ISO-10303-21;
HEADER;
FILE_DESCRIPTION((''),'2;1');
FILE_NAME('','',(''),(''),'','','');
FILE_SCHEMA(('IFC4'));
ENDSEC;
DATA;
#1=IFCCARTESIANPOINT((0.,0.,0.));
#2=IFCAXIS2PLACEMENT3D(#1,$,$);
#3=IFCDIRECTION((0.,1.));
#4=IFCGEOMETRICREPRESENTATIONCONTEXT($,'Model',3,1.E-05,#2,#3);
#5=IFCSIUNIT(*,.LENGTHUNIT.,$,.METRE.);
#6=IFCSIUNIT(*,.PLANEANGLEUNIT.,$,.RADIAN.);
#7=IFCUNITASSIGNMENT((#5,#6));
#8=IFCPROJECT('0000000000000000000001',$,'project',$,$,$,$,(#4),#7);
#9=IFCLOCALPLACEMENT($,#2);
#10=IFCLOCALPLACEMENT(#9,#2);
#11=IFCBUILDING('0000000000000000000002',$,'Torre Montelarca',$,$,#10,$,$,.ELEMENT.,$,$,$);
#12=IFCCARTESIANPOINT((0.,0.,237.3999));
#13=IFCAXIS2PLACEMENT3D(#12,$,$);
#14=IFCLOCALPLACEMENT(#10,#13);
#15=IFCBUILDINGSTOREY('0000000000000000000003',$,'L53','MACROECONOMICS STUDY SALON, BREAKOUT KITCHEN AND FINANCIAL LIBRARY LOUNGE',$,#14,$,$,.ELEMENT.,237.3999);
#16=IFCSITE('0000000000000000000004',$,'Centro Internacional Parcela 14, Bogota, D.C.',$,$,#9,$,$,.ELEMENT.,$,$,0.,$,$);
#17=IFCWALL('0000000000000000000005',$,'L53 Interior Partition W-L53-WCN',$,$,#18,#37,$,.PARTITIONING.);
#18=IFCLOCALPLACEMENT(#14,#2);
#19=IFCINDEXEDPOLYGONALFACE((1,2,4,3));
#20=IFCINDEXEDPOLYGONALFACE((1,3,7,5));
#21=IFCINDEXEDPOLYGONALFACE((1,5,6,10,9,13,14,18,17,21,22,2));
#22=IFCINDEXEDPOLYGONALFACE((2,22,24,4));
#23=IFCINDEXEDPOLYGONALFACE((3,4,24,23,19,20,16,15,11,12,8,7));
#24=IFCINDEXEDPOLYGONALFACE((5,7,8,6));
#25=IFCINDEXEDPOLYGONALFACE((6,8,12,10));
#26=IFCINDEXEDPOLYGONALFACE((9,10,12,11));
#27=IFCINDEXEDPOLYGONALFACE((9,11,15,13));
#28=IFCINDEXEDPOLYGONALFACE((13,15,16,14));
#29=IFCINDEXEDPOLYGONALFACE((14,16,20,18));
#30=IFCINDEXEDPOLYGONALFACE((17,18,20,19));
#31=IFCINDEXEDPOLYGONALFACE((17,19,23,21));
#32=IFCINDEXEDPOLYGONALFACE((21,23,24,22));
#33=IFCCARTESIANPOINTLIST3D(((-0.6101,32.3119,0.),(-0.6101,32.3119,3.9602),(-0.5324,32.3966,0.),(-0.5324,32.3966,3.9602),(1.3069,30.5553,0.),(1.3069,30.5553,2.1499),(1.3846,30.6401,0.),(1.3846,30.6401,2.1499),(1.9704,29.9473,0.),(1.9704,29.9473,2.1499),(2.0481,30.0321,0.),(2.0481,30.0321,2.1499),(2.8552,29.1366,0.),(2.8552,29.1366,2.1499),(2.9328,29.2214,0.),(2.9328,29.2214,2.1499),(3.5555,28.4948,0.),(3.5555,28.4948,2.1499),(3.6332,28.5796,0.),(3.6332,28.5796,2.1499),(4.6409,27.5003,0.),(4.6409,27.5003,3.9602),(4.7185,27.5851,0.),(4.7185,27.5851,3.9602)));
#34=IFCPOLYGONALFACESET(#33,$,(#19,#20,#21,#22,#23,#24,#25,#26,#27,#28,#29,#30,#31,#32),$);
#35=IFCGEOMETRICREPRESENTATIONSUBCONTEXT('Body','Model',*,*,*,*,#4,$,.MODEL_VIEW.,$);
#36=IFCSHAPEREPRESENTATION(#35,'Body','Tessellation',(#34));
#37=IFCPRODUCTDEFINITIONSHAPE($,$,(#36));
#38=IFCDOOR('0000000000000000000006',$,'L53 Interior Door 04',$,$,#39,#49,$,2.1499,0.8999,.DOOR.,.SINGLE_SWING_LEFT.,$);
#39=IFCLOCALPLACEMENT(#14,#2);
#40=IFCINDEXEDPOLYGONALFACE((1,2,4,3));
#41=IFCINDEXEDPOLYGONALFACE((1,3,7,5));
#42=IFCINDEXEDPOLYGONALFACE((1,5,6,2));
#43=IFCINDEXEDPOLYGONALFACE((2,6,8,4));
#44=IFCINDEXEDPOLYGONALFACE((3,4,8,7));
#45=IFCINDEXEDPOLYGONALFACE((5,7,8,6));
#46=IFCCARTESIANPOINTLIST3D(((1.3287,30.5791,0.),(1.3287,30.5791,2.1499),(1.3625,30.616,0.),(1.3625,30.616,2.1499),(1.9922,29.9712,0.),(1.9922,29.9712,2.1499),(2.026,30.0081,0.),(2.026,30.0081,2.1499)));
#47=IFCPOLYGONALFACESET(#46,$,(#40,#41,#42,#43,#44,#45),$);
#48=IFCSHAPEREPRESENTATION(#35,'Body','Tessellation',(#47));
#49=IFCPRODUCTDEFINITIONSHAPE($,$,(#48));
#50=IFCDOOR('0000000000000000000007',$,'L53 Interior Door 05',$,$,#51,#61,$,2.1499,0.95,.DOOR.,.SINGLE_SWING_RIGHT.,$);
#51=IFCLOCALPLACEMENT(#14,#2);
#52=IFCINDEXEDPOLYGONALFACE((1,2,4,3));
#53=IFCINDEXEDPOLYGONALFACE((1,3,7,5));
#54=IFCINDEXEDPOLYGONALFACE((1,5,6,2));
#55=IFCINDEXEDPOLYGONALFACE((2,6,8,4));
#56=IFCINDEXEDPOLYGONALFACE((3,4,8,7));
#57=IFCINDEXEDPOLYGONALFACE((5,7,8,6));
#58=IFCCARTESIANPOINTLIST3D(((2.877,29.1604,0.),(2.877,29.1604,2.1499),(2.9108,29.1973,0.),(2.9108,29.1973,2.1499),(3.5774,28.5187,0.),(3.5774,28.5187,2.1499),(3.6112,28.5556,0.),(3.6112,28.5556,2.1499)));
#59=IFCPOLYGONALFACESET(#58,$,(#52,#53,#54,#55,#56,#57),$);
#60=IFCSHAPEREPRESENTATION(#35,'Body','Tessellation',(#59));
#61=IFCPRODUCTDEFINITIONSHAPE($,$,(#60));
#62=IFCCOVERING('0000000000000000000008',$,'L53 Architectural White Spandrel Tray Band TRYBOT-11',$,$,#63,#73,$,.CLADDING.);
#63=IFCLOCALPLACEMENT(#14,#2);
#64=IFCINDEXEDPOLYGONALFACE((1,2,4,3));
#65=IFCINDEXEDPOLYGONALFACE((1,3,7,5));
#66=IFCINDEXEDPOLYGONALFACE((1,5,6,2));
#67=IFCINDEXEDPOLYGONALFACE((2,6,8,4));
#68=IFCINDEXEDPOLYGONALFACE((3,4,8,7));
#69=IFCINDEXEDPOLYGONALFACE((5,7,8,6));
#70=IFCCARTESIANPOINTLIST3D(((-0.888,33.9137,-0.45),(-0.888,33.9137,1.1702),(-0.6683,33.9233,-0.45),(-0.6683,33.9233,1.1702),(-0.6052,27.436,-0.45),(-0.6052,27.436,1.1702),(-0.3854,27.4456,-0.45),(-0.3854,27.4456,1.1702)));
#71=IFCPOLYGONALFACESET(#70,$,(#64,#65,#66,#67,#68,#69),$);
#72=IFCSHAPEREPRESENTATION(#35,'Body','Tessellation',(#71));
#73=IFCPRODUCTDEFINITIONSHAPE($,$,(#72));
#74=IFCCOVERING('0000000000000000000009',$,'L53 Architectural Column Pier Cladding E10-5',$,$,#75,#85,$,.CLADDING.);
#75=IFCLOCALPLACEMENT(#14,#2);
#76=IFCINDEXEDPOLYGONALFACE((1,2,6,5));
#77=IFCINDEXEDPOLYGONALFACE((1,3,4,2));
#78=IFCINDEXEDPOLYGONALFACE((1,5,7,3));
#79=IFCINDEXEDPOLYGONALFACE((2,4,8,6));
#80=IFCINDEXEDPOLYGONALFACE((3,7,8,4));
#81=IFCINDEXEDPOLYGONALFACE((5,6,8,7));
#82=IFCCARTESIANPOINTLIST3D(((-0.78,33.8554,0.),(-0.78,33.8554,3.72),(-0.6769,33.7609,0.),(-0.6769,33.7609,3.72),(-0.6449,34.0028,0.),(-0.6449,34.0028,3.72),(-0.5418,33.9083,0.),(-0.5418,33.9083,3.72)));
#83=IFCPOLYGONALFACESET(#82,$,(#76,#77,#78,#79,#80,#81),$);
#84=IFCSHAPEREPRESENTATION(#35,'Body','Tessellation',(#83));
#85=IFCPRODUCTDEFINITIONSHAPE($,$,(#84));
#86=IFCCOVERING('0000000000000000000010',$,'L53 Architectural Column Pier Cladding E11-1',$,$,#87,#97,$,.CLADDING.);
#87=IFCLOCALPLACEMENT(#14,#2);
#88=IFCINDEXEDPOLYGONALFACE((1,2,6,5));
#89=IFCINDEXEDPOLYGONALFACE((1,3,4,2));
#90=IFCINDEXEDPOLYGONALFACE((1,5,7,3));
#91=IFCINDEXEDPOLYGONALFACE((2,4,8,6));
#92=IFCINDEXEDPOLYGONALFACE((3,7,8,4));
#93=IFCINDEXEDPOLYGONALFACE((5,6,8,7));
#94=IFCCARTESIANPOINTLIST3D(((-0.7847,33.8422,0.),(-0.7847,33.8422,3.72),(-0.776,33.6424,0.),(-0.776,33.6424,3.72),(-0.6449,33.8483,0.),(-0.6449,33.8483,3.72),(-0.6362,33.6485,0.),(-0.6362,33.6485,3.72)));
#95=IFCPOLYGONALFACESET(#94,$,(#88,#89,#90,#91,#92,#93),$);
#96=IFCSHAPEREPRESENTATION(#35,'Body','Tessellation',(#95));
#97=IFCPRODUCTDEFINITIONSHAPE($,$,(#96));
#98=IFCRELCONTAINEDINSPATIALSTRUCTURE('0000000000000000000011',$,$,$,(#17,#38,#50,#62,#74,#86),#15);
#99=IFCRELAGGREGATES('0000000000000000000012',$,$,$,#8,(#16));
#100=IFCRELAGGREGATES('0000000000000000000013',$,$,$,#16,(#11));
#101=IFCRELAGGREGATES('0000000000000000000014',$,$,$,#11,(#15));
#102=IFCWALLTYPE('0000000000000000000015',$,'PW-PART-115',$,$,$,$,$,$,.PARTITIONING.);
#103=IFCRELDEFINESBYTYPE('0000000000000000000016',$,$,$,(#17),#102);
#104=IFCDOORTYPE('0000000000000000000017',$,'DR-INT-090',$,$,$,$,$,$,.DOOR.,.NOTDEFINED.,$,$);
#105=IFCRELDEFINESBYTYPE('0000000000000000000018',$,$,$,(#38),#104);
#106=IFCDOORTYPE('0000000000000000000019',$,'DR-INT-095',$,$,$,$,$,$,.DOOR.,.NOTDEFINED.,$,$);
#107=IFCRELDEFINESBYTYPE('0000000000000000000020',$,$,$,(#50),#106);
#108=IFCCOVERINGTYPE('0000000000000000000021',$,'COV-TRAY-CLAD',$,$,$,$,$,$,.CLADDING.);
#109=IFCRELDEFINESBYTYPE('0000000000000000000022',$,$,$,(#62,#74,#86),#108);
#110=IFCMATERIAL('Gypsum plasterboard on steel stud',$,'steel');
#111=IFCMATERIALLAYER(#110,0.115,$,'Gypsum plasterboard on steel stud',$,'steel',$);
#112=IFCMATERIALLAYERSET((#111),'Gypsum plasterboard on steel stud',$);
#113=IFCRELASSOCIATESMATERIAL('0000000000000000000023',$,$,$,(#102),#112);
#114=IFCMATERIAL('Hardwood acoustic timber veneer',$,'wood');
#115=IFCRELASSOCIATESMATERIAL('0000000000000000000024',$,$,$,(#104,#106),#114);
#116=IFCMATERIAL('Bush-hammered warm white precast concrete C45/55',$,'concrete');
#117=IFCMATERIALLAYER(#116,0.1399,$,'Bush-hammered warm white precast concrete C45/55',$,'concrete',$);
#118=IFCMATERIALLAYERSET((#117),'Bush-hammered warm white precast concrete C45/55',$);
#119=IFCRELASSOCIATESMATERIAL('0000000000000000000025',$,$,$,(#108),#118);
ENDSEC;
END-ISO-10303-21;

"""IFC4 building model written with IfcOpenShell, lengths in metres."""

from ifc_helpers import new_model, si_unit, direction, frame, frame_2d, origin, origin_2d, place, context, subcontext, project, spatial, rectangle, extrude, source, transform, mapped, material, layer, layer_set, type_object, element, fill, save


model = new_model("IFC4")

# Units and contexts
model_context = context("Model", 3, precision=1e-05, world=origin(), true_north=direction((0.0, 1.0)))
body_context = subcontext(model_context, "Body", "Model", "MODEL_VIEW")
ifc_project = project(units=[si_unit("LENGTHUNIT", "METRE"), si_unit("PLANEANGLEUNIT", "RADIAN")], contexts=[model_context])

# Site, building, storey
site_placement = place(None, origin())
site = spatial("IfcSite", under=ifc_project, at=site_placement, Name="Centro Internacional Parcela 14, Bogota, D.C.", CompositionType="ELEMENT", RefElevation=0.0)
building_placement = place(site_placement, origin())
building = spatial("IfcBuilding", under=site, at=building_placement, Name="Torre Montelarca", CompositionType="ELEMENT")
storey_placement = place(building_placement, frame((0.0, 0.0, 237.3999)))
storey = spatial("IfcBuildingStorey", under=building, at=storey_placement, Name="L53", Description="MACROECONOMICS STUDY SALON, BREAKOUT KITCHEN AND FINANCIAL LIBRARY LOUNGE", CompositionType="ELEMENT", Elevation=237.3999)

# Wall, openings, doors
ifc_material_1 = material(Name="Gypsum plasterboard on steel stud", Category="steel")
ifc_layer_1 = layer(ifc_material_1, 0.115, Name="Gypsum plasterboard on steel stud", Category="steel")
ifc_layer_set_1 = layer_set([ifc_layer_1], Name="Gypsum plasterboard on steel stud")
wall_type_1 = type_object("IfcWallType", Name="PW-PART-115", PredefinedType="PARTITIONING", material=ifc_layer_set_1)
wall_1_placement = place(storey_placement, frame((-0.5713, 32.3542, 0.0), z_axis=(0.0, 0.0, 1.0), x_axis=(0.737285, -0.675582, 0.0)))
wall_1 = element("IfcWall", 1, at=wall_1_placement, inside=storey, type_object=wall_type_1, Name="L53 Interior Partition W-L53-WCN", PredefinedType="PARTITIONING", context=body_context, shape_type="SweptSolid", body=[
    extrude(rectangle(XDim=7.1221, YDim=0.115, at=frame_2d((3.561, 0.0))), origin(), (0.0, 0.0, 1.0), 3.9602),
])
opening_1_placement = place(wall_1_placement, frame((2.6001, 0.0, 0.0)))
opening_1 = element("IfcOpeningElement", 2, at=opening_1_placement, cuts=wall_1, PredefinedType="OPENING", context=body_context, shape_type="SweptSolid", body=[
    extrude(rectangle(XDim=0.8999, YDim=2.1499, at=frame_2d((0.45, 1.075))), frame((0.0, 0.0674, 0.0), z_axis=(0.0, -1.0, 0.0), x_axis=(1.0, 0.0, 0.0)), (0.0, 0.0, 1.0), 0.135),
])
opening_2_placement = place(wall_1_placement, frame((4.7, 0.0, 0.0)))
opening_2 = element("IfcOpeningElement", 3, at=opening_2_placement, cuts=wall_1, PredefinedType="OPENING", context=body_context, shape_type="SweptSolid", body=[
    extrude(rectangle(XDim=0.95, YDim=2.1499, at=frame_2d((0.4751, 1.075))), frame((0.0, 0.0674, 0.0), z_axis=(0.0, -1.0, 0.0), x_axis=(1.0, 0.0, 0.0)), (0.0, 0.0, 1.0), 0.135),
])
ifc_material_2 = material(Name="Hardwood acoustic timber veneer", Category="wood")
door_type_1 = type_object("IfcDoorType", Name="DR-INT-090", OperationType="NOTDEFINED", PredefinedType="DOOR", material=ifc_material_2)
shared_shape_1 = source(origin(), body_context, "Body", "SweptSolid", [
    extrude(rectangle(XDim=0.8999, YDim=2.1499, at=frame_2d((0.45, 1.075))), frame((0.0, 0.0249, 0.0), z_axis=(0.0, -1.0, 0.0), x_axis=(1.0, 0.0, 0.0)), (0.0, 0.0, 1.0), 0.05),
])
door_1_placement = place(opening_1_placement, origin())
door_1 = element("IfcDoor", 4, at=door_1_placement, inside=storey, type_object=door_type_1, Name="L53 Interior Door 04", OperationType="SINGLE_SWING_LEFT", OverallHeight=2.1499, OverallWidth=0.8999, PredefinedType="DOOR", context=body_context, shape_type="MappedRepresentation", body=[
    mapped(shared_shape_1, transform((0.0, 0.0, 0.0), scale=1.0)),
])
fill(opening_1, door_1)
door_type_2 = type_object("IfcDoorType", Name="DR-INT-095", OperationType="NOTDEFINED", PredefinedType="DOOR", material=ifc_material_2)
shared_shape_2 = source(origin(), body_context, "Body", "SweptSolid", [
    extrude(rectangle(XDim=0.95, YDim=2.1499, at=frame_2d((0.4751, 1.075))), frame((0.0, 0.0249, 0.0), z_axis=(0.0, -1.0, 0.0), x_axis=(1.0, 0.0, 0.0)), (0.0, 0.0, 1.0), 0.05),
])
door_2_placement = place(opening_2_placement, origin())
door_2 = element("IfcDoor", 5, at=door_2_placement, inside=storey, type_object=door_type_2, Name="L53 Interior Door 05", OperationType="SINGLE_SWING_RIGHT", OverallHeight=2.1499, OverallWidth=0.95, PredefinedType="DOOR", context=body_context, shape_type="MappedRepresentation", body=[
    mapped(shared_shape_2, transform((0.0, 0.0, 0.0), scale=1.0)),
])
fill(opening_2, door_2)

# Coverings
ifc_material_3 = material(Name="Bush-hammered warm white precast concrete C45/55", Category="concrete")
ifc_layer_2 = layer(ifc_material_3, 0.1399, Name="Bush-hammered warm white precast concrete C45/55", Category="concrete")
ifc_layer_set_2 = layer_set([ifc_layer_2], Name="Bush-hammered warm white precast concrete C45/55")
covering_type = type_object("IfcCoveringType", Name="COV-TRAY-CLAD", PredefinedType="CLADDING", material=ifc_layer_set_2)
shared_shape_3 = source(origin(), body_context, "Body", "SweptSolid", [
    extrude(rectangle(XDim=6.4839, YDim=0.22, at=origin_2d()), origin(), (0.0, 0.0, 1.0), 1.6201),
])
covering_placement = place(storey_placement, frame((-0.6367, 30.6797, -0.45), z_axis=(0.0, 0.0, 1.0), x_axis=(0.043621, -0.999048, 0.0)))
element("IfcCovering", 6, at=covering_placement, inside=storey, type_object=covering_type, Name="L53 Architectural White Spandrel Tray Band TRYBOT-11", PredefinedType="CLADDING", context=body_context, shape_type="MappedRepresentation", body=[
    mapped(shared_shape_3, transform((0.0, 0.0, 0.0), scale=1.0)),
])
shared_shape_4 = source(origin(), body_context, "Body", "SweptSolid", [
    extrude(rectangle(XDim=0.2, YDim=0.1399, at=origin_2d()), origin(), (0.0, 0.0, 1.0), 3.72),
])
for number, where, z_axis, x_axis, name in (
    (7, (-0.6609, 33.8818, 0.0), (0.0, 0.0, 1.0), (-0.675589, -0.737279, 0.0), "L53 Architectural Column Pier Cladding E10-5"),
    (8, (-0.7104, 33.7454, 0.0), (0.0, 0.0, 1.0), (0.043628, -0.999048, 0.0), "L53 Architectural Column Pier Cladding E11-1"),
):
    element("IfcCovering", number, at=place(storey_placement, frame(where, z_axis=z_axis, x_axis=x_axis)), inside=storey, type_object=covering_type, Name=name, PredefinedType="CLADDING", context=body_context, shape_type="MappedRepresentation", body=[
        mapped(shared_shape_4, transform((0.0, 0.0, 0.0), scale=1.0)),
    ])

save(model, "model.ifc")
